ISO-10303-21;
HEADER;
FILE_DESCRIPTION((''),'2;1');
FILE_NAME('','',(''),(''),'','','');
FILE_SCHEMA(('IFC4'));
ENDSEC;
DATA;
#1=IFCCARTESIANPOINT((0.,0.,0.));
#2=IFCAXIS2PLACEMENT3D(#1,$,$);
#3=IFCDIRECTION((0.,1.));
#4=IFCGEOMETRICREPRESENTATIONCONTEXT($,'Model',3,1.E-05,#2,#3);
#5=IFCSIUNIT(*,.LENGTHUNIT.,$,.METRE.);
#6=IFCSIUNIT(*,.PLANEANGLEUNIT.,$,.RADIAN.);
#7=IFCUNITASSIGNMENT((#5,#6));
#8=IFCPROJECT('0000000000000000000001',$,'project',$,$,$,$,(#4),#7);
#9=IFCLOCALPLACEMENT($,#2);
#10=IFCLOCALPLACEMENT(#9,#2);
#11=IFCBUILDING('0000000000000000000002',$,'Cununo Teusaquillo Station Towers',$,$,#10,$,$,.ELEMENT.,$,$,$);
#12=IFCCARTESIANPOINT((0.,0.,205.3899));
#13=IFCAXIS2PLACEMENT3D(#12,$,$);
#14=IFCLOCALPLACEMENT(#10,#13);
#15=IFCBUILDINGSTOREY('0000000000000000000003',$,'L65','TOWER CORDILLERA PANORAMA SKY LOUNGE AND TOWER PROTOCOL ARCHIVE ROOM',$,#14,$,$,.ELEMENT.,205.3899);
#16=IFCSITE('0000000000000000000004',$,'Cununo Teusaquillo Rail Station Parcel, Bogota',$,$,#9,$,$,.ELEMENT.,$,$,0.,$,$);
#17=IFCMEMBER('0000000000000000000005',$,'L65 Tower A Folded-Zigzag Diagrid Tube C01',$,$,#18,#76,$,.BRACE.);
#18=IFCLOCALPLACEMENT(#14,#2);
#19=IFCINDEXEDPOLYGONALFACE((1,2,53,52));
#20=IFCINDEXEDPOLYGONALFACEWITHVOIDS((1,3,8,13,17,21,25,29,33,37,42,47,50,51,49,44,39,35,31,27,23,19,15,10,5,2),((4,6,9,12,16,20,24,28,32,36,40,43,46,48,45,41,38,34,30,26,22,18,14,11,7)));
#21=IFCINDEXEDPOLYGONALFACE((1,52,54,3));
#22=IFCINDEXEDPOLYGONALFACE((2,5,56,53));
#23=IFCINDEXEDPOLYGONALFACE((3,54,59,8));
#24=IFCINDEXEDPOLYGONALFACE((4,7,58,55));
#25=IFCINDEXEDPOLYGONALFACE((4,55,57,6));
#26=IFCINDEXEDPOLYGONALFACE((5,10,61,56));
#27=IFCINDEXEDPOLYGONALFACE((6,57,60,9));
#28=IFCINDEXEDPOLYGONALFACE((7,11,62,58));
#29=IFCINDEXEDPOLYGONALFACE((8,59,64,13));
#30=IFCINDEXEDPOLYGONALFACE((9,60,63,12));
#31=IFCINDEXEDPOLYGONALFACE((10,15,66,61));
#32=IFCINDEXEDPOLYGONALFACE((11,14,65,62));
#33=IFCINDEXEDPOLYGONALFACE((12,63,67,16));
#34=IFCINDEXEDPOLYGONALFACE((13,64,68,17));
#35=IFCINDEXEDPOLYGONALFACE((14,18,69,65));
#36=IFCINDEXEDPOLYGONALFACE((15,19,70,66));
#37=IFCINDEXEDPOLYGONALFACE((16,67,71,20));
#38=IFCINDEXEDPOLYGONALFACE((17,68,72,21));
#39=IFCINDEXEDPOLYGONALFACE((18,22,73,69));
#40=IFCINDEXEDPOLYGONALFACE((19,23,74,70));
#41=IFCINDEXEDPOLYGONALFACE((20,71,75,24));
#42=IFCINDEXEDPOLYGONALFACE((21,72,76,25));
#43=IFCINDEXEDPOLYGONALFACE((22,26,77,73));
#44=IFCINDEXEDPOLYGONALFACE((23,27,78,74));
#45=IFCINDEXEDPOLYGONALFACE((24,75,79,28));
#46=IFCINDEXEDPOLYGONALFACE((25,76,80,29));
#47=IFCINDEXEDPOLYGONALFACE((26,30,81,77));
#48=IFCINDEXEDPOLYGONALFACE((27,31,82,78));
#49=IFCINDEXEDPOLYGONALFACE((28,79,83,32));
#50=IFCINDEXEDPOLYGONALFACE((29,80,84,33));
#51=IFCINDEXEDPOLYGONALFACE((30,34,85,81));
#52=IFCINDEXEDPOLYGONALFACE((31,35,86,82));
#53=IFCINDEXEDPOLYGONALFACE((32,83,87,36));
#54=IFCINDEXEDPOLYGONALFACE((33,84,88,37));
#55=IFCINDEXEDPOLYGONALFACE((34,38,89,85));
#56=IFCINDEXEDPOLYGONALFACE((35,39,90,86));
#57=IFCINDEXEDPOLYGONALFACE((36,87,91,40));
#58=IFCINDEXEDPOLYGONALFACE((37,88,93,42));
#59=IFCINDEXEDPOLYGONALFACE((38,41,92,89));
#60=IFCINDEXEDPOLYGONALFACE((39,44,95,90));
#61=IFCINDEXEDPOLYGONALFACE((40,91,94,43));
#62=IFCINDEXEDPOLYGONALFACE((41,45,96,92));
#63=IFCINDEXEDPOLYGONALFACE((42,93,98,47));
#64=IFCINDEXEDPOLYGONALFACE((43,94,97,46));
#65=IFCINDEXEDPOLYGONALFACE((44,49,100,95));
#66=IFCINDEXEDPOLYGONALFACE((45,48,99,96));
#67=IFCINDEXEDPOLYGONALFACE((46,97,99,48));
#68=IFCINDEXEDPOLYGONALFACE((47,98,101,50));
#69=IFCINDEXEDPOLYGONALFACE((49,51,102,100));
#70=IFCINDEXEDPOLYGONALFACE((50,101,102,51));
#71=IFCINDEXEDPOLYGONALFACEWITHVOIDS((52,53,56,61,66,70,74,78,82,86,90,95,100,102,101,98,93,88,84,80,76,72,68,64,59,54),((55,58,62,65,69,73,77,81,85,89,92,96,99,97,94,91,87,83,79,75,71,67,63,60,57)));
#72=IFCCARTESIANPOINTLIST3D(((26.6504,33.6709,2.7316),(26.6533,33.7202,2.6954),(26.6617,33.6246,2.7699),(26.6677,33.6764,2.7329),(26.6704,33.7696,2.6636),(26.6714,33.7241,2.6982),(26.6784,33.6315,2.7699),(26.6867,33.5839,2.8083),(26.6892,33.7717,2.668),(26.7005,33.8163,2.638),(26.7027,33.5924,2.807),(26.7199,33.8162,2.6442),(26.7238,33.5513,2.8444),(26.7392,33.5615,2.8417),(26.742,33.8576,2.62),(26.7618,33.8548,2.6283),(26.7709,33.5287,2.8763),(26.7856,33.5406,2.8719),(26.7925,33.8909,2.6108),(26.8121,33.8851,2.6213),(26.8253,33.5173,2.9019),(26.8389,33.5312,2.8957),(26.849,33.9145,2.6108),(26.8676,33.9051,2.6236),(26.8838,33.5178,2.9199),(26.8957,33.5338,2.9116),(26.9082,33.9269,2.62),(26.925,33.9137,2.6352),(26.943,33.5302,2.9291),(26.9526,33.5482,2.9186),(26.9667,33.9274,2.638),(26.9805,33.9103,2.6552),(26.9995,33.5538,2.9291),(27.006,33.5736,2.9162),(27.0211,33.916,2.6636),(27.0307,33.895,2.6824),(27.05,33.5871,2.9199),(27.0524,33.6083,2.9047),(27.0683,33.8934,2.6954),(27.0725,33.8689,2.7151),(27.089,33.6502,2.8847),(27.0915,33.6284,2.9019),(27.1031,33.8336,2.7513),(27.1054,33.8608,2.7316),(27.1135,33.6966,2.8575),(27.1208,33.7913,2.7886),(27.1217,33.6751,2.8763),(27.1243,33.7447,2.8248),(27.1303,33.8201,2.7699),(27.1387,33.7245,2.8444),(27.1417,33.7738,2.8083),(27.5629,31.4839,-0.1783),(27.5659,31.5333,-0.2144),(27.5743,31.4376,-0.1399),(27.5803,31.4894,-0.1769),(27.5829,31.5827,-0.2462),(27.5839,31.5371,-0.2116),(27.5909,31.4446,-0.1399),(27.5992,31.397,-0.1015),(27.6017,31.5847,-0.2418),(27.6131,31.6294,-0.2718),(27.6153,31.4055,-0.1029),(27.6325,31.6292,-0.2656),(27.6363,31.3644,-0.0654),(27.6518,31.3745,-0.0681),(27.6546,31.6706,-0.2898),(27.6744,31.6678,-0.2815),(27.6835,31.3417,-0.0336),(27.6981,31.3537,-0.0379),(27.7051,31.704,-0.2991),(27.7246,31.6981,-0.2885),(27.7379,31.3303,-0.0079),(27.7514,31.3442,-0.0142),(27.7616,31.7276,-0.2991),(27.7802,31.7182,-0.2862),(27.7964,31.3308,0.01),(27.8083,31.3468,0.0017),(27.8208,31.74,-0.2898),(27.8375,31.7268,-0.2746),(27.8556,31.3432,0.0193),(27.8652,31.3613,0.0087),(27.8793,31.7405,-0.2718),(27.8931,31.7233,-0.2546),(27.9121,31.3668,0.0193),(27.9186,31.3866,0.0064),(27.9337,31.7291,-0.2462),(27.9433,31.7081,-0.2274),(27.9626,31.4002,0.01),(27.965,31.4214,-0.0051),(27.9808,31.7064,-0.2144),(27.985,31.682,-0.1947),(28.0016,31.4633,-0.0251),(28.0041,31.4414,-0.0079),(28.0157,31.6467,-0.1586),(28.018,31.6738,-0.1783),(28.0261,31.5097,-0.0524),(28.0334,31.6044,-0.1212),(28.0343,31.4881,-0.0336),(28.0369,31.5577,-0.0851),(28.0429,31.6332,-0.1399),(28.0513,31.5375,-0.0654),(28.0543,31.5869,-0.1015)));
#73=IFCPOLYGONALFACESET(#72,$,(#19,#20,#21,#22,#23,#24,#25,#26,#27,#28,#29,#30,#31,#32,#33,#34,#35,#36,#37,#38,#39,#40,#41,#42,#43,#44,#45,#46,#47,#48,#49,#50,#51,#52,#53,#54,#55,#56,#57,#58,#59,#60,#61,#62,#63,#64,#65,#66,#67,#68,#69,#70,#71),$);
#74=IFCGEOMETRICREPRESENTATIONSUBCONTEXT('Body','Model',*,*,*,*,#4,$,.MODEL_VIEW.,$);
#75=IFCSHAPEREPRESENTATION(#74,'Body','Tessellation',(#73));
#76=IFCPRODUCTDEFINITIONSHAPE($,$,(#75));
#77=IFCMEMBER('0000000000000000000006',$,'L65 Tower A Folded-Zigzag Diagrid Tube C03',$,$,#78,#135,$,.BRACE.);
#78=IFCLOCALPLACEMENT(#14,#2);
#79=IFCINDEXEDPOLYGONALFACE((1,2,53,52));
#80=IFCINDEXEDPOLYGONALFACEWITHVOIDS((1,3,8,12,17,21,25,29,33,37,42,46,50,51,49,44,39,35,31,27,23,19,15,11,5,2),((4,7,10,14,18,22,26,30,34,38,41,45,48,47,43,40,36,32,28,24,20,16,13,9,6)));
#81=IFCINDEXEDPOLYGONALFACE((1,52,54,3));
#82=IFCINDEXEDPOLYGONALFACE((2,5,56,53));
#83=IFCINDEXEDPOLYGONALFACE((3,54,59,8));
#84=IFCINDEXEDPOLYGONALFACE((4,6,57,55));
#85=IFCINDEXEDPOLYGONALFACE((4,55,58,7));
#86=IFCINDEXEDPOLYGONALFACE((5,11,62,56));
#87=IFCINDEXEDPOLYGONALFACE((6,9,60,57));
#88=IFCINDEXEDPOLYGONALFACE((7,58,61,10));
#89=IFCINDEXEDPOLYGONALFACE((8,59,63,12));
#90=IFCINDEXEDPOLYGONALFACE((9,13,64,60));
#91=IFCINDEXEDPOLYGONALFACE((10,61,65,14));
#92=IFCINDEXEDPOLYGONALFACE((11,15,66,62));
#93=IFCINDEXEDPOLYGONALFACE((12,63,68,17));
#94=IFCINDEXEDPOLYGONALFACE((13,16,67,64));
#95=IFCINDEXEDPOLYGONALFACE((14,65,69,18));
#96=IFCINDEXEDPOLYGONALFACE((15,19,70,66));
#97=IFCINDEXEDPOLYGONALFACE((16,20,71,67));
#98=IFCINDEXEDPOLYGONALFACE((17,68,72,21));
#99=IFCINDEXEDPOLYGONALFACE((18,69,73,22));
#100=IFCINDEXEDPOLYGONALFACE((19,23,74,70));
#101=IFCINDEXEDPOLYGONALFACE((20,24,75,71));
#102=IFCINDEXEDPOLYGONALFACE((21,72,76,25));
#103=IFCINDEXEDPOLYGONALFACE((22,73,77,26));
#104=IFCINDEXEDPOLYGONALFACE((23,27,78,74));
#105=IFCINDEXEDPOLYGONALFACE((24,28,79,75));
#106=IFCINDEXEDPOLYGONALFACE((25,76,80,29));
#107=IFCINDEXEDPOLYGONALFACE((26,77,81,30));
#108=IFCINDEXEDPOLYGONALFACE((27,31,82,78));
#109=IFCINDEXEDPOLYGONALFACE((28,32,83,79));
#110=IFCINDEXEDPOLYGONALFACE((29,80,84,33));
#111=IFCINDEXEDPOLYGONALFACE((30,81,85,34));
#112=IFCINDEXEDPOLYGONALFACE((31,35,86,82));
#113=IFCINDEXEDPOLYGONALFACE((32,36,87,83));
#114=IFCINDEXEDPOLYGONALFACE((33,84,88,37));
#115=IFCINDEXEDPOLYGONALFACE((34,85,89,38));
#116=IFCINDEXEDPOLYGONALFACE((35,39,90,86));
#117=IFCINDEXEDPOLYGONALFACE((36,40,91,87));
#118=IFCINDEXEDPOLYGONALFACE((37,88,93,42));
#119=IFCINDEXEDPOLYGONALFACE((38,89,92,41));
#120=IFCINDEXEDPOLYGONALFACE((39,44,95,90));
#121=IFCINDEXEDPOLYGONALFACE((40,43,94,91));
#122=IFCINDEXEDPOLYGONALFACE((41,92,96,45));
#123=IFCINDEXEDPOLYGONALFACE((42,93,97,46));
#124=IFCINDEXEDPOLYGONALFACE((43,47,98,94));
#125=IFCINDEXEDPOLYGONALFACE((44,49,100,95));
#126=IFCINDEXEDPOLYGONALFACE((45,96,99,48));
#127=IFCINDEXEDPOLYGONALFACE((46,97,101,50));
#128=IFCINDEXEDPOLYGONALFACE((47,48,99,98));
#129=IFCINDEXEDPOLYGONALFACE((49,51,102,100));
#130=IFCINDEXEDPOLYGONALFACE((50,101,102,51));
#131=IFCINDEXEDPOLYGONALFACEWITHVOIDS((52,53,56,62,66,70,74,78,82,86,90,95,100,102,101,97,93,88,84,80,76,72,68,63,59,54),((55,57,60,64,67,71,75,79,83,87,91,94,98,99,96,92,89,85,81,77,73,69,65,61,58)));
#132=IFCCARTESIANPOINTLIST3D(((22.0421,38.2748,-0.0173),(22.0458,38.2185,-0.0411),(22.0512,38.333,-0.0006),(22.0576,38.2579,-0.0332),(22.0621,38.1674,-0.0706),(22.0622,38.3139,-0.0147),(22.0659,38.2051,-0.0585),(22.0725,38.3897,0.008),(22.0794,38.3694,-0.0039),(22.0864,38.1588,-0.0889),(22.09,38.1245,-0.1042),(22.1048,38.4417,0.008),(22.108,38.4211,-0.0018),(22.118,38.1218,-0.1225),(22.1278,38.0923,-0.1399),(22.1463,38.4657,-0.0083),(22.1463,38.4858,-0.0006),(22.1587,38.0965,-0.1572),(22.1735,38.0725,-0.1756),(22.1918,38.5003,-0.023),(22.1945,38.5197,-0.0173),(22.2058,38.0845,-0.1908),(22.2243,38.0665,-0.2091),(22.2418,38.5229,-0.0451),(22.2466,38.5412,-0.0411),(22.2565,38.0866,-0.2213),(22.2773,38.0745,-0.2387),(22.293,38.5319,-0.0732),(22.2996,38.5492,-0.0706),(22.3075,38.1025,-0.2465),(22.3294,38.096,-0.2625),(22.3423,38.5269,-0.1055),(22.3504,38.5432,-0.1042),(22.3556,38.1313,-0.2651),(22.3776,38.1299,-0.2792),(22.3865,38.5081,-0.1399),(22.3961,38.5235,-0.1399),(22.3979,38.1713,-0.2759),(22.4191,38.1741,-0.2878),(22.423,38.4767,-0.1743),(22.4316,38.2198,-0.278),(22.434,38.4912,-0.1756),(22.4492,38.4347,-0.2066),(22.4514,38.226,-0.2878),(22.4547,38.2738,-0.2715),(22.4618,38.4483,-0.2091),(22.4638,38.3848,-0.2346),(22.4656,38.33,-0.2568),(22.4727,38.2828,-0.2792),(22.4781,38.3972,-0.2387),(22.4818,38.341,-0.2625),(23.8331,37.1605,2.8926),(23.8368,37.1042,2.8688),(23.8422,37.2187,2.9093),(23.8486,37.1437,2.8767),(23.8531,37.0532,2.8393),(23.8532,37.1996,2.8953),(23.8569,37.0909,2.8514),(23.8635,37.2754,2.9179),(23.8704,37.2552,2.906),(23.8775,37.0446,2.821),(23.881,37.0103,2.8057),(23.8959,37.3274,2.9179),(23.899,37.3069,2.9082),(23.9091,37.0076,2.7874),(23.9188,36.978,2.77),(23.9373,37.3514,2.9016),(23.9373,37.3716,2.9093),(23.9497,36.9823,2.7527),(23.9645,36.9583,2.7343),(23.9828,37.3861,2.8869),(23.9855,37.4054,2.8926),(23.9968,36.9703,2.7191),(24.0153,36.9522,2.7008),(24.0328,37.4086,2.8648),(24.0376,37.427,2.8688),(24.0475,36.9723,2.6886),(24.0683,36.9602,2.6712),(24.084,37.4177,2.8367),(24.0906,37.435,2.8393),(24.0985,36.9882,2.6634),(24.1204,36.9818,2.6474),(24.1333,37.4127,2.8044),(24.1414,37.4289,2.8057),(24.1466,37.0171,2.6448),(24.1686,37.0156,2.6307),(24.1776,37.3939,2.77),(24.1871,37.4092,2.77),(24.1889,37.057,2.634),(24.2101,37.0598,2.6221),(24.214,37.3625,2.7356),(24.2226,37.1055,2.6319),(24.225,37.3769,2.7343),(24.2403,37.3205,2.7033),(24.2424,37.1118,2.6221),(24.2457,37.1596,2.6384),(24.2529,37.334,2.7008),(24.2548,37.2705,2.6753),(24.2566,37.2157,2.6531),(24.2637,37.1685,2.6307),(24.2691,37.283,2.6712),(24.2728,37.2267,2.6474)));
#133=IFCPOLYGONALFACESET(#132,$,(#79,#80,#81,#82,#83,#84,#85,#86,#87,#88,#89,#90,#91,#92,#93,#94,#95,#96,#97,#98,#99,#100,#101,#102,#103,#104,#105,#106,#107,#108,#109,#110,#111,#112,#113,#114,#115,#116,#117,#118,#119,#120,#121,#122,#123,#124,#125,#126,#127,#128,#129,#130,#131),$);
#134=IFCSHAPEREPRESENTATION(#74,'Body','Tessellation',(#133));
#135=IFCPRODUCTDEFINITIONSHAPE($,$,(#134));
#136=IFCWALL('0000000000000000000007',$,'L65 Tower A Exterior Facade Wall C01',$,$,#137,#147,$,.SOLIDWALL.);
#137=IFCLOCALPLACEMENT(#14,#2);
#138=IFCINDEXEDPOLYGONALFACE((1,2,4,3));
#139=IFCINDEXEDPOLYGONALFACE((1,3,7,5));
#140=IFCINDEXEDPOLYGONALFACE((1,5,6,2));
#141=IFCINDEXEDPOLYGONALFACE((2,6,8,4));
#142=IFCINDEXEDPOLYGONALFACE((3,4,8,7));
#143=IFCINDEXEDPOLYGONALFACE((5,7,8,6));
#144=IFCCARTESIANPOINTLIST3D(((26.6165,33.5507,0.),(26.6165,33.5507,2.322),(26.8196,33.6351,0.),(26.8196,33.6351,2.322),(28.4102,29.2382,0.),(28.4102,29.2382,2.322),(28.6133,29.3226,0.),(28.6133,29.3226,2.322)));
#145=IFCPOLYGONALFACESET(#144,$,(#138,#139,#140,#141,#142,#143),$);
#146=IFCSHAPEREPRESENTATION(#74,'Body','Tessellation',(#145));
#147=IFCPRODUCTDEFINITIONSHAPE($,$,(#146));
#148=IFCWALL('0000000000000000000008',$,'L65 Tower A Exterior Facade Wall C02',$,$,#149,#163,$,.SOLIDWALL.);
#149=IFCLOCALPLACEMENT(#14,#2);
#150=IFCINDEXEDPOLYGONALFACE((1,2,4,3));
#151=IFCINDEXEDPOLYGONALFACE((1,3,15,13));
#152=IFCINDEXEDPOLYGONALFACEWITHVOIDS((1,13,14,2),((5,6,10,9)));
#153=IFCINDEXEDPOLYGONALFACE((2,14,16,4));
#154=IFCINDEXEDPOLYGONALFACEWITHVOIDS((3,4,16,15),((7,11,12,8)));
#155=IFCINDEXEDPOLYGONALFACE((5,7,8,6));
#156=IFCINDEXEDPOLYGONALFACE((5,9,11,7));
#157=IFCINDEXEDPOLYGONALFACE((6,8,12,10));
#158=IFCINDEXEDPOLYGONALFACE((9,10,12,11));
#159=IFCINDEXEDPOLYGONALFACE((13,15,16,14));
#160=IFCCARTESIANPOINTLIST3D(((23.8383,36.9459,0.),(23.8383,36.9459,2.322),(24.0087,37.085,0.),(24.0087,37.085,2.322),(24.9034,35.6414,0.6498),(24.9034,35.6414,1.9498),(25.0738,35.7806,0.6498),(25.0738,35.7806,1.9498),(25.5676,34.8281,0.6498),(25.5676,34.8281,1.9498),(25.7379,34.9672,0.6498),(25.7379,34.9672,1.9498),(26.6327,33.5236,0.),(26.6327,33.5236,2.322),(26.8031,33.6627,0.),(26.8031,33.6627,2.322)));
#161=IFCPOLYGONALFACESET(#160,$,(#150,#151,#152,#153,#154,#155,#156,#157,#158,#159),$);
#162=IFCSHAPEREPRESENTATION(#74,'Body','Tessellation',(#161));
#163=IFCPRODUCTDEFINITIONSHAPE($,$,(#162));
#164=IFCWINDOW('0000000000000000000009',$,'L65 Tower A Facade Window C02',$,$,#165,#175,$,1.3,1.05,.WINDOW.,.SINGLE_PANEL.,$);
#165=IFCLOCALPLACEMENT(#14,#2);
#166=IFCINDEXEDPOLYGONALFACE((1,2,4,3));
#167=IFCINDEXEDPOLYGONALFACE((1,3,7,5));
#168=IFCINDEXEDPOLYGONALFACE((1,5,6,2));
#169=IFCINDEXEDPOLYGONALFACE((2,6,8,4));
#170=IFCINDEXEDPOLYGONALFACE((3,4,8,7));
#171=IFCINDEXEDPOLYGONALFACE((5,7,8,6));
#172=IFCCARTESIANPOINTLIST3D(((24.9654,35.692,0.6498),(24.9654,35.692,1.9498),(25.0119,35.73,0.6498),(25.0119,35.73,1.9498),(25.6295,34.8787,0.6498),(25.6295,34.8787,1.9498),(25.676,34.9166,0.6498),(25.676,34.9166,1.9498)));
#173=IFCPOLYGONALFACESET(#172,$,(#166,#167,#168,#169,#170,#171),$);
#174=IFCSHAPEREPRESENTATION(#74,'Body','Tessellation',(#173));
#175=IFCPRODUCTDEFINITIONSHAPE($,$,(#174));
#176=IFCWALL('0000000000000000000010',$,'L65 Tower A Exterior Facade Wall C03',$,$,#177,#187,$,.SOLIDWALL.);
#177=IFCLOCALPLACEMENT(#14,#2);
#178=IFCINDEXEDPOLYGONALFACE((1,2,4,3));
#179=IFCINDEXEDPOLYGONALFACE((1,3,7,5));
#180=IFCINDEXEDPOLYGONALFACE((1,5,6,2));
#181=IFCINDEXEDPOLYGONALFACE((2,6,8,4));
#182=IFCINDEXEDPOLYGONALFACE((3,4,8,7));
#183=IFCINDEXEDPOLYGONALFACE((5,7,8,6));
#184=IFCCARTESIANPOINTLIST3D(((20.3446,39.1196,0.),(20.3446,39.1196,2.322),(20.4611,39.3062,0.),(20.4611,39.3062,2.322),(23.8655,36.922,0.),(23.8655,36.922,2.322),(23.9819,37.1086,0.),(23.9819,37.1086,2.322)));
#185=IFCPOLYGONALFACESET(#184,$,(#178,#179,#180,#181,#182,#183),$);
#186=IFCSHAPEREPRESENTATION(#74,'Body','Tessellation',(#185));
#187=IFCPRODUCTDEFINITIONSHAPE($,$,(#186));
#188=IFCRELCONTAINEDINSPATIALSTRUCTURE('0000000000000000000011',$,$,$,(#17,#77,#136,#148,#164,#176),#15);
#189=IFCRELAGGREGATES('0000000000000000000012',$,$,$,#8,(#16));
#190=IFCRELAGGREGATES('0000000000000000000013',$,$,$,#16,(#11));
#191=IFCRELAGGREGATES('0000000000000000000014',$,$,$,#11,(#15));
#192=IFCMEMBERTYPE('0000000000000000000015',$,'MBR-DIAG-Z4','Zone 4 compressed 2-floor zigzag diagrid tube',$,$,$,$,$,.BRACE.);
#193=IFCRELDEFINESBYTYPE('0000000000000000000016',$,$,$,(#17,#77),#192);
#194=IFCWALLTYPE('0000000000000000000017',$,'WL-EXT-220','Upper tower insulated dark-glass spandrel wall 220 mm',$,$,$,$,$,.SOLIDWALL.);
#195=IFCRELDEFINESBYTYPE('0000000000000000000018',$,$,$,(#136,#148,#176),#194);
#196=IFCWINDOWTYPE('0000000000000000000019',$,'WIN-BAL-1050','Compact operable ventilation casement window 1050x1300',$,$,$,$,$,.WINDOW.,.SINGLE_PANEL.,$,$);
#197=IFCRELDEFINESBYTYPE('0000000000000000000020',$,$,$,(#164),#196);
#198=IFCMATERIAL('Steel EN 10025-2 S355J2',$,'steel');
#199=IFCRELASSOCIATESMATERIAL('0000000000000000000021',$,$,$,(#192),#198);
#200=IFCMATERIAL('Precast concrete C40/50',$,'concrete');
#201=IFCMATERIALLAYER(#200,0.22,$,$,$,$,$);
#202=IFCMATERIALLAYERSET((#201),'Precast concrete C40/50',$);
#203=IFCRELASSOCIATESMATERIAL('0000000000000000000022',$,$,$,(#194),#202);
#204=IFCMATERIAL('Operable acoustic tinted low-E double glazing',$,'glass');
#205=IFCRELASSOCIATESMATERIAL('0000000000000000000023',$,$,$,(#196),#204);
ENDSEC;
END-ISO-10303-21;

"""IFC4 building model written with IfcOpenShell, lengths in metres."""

from ifc_helpers import new_model, si_unit, direction, frame, frame_2d, origin, origin_2d, place, context, subcontext, project, spatial, rectangle, hollow_circle, extrude, source, transform, mapped, material, layer, layer_set, material_profile, profile_set, type_object, element, fill, save


model = new_model("IFC4")

# Units and contexts
model_context = context("Model", 3, precision=1e-05, world=origin(), true_north=direction((0.0, 1.0)))
body_context = subcontext(model_context, "Body", "Model", "MODEL_VIEW")
ifc_project = project(units=[si_unit("LENGTHUNIT", "METRE"), si_unit("PLANEANGLEUNIT", "RADIAN")], contexts=[model_context])

# Site, building, storey
site_placement = place(None, origin())
site = spatial("IfcSite", under=ifc_project, at=site_placement, Name="Cununo Teusaquillo Rail Station Parcel, Bogota", CompositionType="ELEMENT", RefElevation=0.0)
building_placement = place(site_placement, origin())
building = spatial("IfcBuilding", under=site, at=building_placement, Name="Cununo Teusaquillo Station Towers", CompositionType="ELEMENT")
storey_placement = place(building_placement, frame((0.0, 0.0, 205.3899)))
storey = spatial("IfcBuildingStorey", under=building, at=storey_placement, Name="L65", Description="TOWER CORDILLERA PANORAMA SKY LOUNGE AND TOWER PROTOCOL ARCHIVE ROOM", CompositionType="ELEMENT", Elevation=205.3899)

# Members
ifc_material_1 = material(Name="Steel EN 10025-2 S355J2", Category="steel")
ifc_material_profile_1 = material_profile(ifc_material_1, hollow_circle(Radius=0.2539, WallThickness=0.0181, at=origin_2d()), Name="CHS 508x18")
ifc_profile_set_1 = profile_set([ifc_material_profile_1], Name="Steel EN 10025-2 S355J2")
member_type = type_object("IfcMemberType", Name="MBR-DIAG-Z4", Description="Zone 4 compressed 2-floor zigzag diagrid tube", PredefinedType="BRACE", material=ifc_profile_set_1)
member_1_placement = place(storey_placement, frame((27.8086, 31.5354, -0.1399), z_axis=(-0.243178, 0.582769, 0.775399), x_axis=(-0.922876, -0.385098, 0.0)))
element("IfcMember", 1, at=member_1_placement, inside=storey, type_object=member_type, Name="L65 Tower A Folded-Zigzag Diagrid Tube C01", PredefinedType="BRACE", context=body_context, shape_type="SweptSolid", body=[
    extrude(hollow_circle(Radius=0.2539, WallThickness=0.0181, at=origin_2d()), origin(), (0.0, 0.0, 1.0), 3.7527),
])
member_2_placement = place(storey_placement, frame((22.262, 38.3079, -0.1399), z_axis=(0.498334, -0.310032, 0.809656), x_axis=(0.52825, 0.849089, 0.0)))
element("IfcMember", 2, at=member_2_placement, inside=storey, type_object=member_type, Name="L65 Tower A Folded-Zigzag Diagrid Tube C03", PredefinedType="BRACE", context=body_context, shape_type="SweptSolid", body=[
    extrude(hollow_circle(Radius=0.2539, WallThickness=0.0181, at=origin_2d()), origin(), (0.0, 0.0, 1.0), 3.594),
])

# Wall
ifc_material_2 = material(Name="Precast concrete C40/50", Category="concrete")
ifc_layer_1 = layer(ifc_material_2, 0.22)
ifc_layer_set_1 = layer_set([ifc_layer_1], Name="Precast concrete C40/50")
wall_type_1 = type_object("IfcWallType", Name="WL-EXT-220", Description="Upper tower insulated dark-glass spandrel wall 220 mm", PredefinedType="SOLIDWALL", material=ifc_layer_set_1)
wall_1_placement = place(storey_placement, frame((26.718, 33.593, 0.0), z_axis=(0.0, 0.0, 1.0), x_axis=(0.384036, -0.923318, 0.0)))
element("IfcWall", 3, at=wall_1_placement, inside=storey, type_object=wall_type_1, Name="L65 Tower A Exterior Facade Wall C01", PredefinedType="SOLIDWALL", context=body_context, shape_type="SweptSolid", body=[
    extrude(rectangle(XDim=4.6707, YDim=0.22, at=frame_2d((2.3354, 0.0))), origin(), (0.0, 0.0, 1.0), 2.322),
])

# Wall, opening, window
wall_2_placement = place(storey_placement, frame((23.9236, 37.0154, 0.0), z_axis=(0.0, 0.0, 1.0), x_axis=(0.632467, -0.774587, 0.0)))
wall_2 = element("IfcWall", 4, at=wall_2_placement, inside=storey, type_object=wall_type_1, Name="L65 Tower A Exterior Facade Wall C02", PredefinedType="SOLIDWALL", context=body_context, shape_type="SweptSolid", body=[
    extrude(rectangle(XDim=4.4182, YDim=0.22, at=frame_2d((2.209, 0.0))), origin(), (0.0, 0.0, 1.0), 2.322),
])
shared_shape_1 = source(origin(), body_context, "Body", "SweptSolid", [
    extrude(rectangle(XDim=1.05, YDim=1.3, at=frame_2d((0.5249, 0.6499))), frame((0.0, 0.1199, 0.0), z_axis=(0.0, -1.0, 0.0), x_axis=(1.0, 0.0, 0.0)), (0.0, 0.0, 1.0), 0.24),
])
opening_1_placement = place(wall_2_placement, frame((1.6841, 0.0, 0.6499)))
opening_1 = element("IfcOpeningElement", 5, at=opening_1_placement, cuts=wall_2, PredefinedType="OPENING", context=body_context, shape_type="MappedRepresentation", body=[
    mapped(shared_shape_1, transform((0.0, 0.0, 0.0), x_axis=(1.0, 0.0, 0.0), y_axis=(0.0, 1.0, 0.0), z_axis=(0.0, 0.0, 1.0), scale=1.0)),
])
ifc_material_3 = material(Name="Operable acoustic tinted low-E double glazing", Category="glass")
window_type = type_object("IfcWindowType", Name="WIN-BAL-1050", Description="Compact operable ventilation casement window 1050x1300", PartitioningType="SINGLE_PANEL", PredefinedType="WINDOW", material=ifc_material_3)
shared_shape_2 = source(origin(), body_context, "Body", "SweptSolid", [
    extrude(rectangle(XDim=1.05, YDim=1.3, at=frame_2d((0.5249, 0.6499))), frame((0.0, 0.03, 0.0), z_axis=(0.0, -1.0, 0.0), x_axis=(1.0, 0.0, 0.0)), (0.0, 0.0, 1.0), 0.0601),
])
window_1_placement = place(opening_1_placement, origin())
window_1 = element("IfcWindow", 6, at=window_1_placement, inside=storey, type_object=window_type, Name="L65 Tower A Facade Window C02", OverallHeight=1.3, OverallWidth=1.05, PartitioningType="SINGLE_PANEL", PredefinedType="WINDOW", context=body_context, shape_type="MappedRepresentation", body=[
    mapped(shared_shape_2, transform((0.0, 0.0, 0.0), x_axis=(1.0, 0.0, 0.0), y_axis=(0.0, 1.0, 0.0), z_axis=(0.0, 0.0, 1.0), scale=1.0)),
])
fill(opening_1, window_1)

# Wall
wall_3_placement = place(storey_placement, frame((20.4028, 39.2129, 0.0), z_axis=(0.0, 0.0, 1.0), x_axis=(0.848319, -0.529486, 0.0)))
element("IfcWall", 7, at=wall_3_placement, inside=storey, type_object=wall_type_1, Name="L65 Tower A Exterior Facade Wall C03", PredefinedType="SOLIDWALL", context=body_context, shape_type="SweptSolid", body=[
    extrude(rectangle(XDim=4.1504, YDim=0.22, at=frame_2d((2.0752, 0.0))), origin(), (0.0, 0.0, 1.0), 2.322),
])

save(model, "model.ifc")
